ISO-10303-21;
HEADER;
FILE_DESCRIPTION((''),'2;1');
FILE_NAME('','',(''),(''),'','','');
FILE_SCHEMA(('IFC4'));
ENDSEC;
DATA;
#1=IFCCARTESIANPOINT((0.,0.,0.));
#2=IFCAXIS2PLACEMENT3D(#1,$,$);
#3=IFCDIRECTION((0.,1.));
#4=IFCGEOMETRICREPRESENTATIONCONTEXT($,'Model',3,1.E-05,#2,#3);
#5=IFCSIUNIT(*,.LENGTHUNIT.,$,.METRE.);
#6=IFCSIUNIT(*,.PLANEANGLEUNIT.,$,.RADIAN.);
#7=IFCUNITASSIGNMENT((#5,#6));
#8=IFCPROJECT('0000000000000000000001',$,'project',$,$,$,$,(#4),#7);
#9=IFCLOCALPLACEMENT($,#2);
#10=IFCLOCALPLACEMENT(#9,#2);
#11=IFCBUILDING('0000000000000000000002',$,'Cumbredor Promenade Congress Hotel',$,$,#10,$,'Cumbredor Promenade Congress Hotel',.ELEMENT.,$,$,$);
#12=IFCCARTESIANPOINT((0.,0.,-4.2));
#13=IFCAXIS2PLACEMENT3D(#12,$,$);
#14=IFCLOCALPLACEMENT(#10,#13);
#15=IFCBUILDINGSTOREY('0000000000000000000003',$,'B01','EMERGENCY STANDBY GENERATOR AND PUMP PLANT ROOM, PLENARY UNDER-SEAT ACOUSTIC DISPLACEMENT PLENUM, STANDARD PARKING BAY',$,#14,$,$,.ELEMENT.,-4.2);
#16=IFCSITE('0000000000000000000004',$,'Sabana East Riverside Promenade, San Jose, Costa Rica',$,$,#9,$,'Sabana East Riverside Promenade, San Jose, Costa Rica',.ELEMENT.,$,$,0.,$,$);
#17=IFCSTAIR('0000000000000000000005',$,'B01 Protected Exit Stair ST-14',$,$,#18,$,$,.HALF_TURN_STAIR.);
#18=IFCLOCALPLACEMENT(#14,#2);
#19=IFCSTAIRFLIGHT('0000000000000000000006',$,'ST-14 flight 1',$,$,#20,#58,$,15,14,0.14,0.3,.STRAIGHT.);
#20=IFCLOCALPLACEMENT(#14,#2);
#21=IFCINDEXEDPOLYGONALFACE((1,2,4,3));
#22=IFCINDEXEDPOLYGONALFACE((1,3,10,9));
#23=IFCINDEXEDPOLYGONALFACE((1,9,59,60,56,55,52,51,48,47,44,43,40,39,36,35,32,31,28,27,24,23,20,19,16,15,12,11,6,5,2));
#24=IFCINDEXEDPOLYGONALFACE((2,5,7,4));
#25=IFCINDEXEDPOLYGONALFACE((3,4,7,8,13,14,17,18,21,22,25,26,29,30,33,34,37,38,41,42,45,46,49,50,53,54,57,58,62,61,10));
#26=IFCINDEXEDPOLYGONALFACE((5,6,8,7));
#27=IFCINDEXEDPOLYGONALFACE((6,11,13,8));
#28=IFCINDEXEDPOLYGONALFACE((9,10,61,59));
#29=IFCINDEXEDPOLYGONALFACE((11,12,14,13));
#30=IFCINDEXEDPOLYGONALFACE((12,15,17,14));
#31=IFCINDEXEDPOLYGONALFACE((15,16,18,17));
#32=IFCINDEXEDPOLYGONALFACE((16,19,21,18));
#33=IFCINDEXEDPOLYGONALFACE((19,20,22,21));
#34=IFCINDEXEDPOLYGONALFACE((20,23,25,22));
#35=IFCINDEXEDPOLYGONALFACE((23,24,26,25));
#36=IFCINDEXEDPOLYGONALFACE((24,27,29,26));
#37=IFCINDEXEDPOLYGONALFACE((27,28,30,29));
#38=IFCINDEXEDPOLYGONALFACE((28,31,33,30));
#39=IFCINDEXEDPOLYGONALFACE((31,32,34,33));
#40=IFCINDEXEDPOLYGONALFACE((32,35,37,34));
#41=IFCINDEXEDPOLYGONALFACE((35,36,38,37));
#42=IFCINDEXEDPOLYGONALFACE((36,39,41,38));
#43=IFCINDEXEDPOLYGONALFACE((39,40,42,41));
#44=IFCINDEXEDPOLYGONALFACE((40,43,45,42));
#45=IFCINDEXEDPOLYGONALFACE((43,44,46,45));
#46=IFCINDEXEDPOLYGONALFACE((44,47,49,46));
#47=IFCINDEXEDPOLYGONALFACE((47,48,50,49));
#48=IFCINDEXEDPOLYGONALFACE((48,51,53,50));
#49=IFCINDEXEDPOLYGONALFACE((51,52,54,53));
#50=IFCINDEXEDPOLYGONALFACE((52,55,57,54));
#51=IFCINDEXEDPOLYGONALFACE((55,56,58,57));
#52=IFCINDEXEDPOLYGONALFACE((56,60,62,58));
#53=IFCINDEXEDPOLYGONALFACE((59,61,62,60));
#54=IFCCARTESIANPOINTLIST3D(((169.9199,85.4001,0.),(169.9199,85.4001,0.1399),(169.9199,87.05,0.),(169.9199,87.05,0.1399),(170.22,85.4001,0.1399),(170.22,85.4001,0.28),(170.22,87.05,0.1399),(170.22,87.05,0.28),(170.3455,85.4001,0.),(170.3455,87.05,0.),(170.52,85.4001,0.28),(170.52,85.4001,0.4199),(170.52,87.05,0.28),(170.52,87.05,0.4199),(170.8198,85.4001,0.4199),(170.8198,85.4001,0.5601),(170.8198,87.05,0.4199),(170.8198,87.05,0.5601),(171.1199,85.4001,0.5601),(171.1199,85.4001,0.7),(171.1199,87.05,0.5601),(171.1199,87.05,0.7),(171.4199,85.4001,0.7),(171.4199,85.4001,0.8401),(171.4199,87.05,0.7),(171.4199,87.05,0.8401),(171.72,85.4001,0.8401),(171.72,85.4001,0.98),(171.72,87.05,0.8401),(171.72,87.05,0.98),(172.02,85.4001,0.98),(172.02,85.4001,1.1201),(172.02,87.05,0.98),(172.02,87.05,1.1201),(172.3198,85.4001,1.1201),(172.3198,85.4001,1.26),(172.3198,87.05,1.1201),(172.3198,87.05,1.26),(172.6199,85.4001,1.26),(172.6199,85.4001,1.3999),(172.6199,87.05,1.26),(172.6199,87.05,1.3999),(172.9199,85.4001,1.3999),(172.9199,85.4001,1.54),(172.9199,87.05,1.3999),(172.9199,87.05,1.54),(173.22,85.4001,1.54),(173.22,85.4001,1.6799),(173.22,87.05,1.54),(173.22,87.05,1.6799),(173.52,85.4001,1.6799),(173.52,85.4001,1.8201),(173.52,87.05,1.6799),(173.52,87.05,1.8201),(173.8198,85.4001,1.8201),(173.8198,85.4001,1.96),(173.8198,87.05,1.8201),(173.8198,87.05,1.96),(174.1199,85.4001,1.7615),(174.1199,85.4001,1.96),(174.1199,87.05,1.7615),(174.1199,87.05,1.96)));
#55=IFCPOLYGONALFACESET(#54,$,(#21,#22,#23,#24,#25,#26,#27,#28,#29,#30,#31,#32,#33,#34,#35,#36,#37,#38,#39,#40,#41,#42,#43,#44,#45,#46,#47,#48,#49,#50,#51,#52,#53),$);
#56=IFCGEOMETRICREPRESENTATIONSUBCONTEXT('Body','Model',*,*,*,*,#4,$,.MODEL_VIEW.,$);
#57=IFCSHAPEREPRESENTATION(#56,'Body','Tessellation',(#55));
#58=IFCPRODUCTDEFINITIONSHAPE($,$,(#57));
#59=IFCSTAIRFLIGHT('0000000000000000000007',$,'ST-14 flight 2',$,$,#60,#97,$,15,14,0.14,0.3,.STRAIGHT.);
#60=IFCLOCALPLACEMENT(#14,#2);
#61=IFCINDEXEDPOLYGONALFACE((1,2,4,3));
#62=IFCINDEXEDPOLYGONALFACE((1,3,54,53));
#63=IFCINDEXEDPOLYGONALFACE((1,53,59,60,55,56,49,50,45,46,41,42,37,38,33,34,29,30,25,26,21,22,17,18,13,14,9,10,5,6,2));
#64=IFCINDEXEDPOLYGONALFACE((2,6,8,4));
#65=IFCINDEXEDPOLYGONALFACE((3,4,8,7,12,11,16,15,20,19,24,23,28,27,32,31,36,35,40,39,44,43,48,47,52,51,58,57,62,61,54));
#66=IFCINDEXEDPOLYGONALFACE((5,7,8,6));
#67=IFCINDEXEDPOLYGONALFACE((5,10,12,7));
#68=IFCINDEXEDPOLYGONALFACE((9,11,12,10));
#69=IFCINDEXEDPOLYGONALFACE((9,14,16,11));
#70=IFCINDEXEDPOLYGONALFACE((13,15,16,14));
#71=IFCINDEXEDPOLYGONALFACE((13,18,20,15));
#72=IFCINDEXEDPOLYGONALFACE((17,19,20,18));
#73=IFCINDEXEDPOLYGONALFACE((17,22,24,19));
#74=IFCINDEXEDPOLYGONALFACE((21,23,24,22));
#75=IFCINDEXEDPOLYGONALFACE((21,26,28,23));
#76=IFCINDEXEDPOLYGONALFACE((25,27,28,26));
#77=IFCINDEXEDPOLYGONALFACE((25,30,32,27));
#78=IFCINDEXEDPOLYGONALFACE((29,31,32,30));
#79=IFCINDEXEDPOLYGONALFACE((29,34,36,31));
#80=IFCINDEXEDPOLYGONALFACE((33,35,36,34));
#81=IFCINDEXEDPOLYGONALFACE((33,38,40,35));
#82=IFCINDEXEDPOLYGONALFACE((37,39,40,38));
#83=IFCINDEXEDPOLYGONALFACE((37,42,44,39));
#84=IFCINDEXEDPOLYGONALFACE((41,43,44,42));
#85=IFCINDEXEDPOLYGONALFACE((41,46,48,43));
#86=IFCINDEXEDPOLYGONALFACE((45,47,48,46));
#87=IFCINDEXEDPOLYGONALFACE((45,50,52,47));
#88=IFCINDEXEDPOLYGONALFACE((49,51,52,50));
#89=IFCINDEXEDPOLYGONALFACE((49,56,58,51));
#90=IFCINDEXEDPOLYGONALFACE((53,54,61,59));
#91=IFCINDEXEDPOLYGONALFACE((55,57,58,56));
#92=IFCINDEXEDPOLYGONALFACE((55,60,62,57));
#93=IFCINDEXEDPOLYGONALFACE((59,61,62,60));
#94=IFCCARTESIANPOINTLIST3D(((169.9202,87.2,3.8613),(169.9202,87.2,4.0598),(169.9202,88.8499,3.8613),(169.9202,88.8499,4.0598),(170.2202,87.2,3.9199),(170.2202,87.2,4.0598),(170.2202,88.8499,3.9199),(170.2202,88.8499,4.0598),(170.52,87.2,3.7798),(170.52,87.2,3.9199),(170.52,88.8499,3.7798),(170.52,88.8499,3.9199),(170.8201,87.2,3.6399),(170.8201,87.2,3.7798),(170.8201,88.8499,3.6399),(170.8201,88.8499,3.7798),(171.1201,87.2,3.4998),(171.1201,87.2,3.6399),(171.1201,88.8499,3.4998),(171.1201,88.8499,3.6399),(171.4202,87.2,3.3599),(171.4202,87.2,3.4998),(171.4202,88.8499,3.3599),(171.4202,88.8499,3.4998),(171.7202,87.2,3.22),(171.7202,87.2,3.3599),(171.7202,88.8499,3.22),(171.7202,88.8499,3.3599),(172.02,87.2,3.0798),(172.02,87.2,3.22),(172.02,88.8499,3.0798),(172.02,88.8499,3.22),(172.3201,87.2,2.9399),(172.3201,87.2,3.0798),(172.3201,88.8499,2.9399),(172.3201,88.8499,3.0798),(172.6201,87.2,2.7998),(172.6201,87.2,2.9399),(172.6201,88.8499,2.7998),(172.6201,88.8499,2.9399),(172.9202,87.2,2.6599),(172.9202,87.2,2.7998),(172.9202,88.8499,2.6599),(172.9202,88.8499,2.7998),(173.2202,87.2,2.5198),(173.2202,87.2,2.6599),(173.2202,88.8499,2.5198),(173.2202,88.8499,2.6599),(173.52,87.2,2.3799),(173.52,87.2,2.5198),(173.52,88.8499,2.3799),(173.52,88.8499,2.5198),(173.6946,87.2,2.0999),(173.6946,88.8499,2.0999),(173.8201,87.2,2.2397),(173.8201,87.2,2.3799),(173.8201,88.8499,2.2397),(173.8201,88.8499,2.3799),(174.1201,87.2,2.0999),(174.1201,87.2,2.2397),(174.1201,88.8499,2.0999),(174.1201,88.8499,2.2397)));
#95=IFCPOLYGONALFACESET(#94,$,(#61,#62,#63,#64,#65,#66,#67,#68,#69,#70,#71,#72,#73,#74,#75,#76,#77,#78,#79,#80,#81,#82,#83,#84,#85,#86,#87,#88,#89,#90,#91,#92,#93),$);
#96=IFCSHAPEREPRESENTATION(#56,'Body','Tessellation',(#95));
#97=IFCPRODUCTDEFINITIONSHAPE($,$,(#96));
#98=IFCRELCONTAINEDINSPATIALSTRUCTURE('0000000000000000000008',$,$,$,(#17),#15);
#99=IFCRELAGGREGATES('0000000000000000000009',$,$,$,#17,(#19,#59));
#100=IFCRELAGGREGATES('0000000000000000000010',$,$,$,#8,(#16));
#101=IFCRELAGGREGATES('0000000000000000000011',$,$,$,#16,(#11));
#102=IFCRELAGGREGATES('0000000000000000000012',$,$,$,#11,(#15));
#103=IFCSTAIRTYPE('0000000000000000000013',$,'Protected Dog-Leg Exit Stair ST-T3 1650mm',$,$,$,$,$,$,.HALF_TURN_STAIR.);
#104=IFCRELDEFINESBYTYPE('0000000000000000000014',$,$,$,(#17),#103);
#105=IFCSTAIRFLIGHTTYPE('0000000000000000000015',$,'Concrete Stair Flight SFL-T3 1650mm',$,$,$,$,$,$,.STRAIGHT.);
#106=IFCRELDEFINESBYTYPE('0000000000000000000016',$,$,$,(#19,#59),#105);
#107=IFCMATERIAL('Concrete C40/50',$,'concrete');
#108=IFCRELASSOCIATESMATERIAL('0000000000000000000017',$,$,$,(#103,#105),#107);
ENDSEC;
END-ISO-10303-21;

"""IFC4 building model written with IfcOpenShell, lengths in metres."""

from ifc_helpers import new_model, si_unit, direction, frame, origin, place, context, subcontext, project, spatial, polyline, outline, extrude, material, type_object, element, aggregate, save


model = new_model("IFC4")

# Units and contexts
model_context = context("Model", 3, precision=1e-05, world=origin(), true_north=direction((0.0, 1.0)))
body_context = subcontext(model_context, "Body", "Model", "MODEL_VIEW")
ifc_project = project(units=[si_unit("LENGTHUNIT", "METRE"), si_unit("PLANEANGLEUNIT", "RADIAN")], contexts=[model_context])

# Site, building, storey
site_placement = place(None, origin())
site = spatial("IfcSite", under=ifc_project, at=site_placement, Name="Sabana East Riverside Promenade, San Jose, Costa Rica", LongName="Sabana East Riverside Promenade, San Jose, Costa Rica", CompositionType="ELEMENT", RefElevation=0.0)
building_placement = place(site_placement, origin())
building = spatial("IfcBuilding", under=site, at=building_placement, Name="Cumbredor Promenade Congress Hotel", LongName="Cumbredor Promenade Congress Hotel", CompositionType="ELEMENT")
storey_placement = place(building_placement, frame((0.0, 0.0, -4.2)))
storey = spatial("IfcBuildingStorey", under=building, at=storey_placement, Name="B01", Description="EMERGENCY STANDBY GENERATOR AND PUMP PLANT ROOM, PLENARY UNDER-SEAT ACOUSTIC DISPLACEMENT PLENUM, STANDARD PARKING BAY", CompositionType="ELEMENT", Elevation=-4.2)

# Shared definitions
ifc_material_1 = material(Name="Concrete C40/50", Category="concrete")

# Stair, stair flights
stair_type = type_object("IfcStairType", Name="Protected Dog-Leg Exit Stair ST-T3 1650mm", PredefinedType="HALF_TURN_STAIR", material=ifc_material_1)
stair_placement = place(storey_placement, origin())
stair = element("IfcStair", 1, at=stair_placement, inside=storey, type_object=stair_type, Name="B01 Protected Exit Stair ST-14", PredefinedType="HALF_TURN_STAIR")
stair_flight_type = type_object("IfcStairFlightType", Name="Concrete Stair Flight SFL-T3 1650mm", PredefinedType="STRAIGHT", material=ifc_material_1)
stair_flight_1_placement = place(storey_placement, frame((169.9199, 86.2251, 0.0), z_axis=(0.0, 0.0, 1.0), x_axis=(1.0, 0.0, 0.0)))
stair_flight_1 = element("IfcStairFlight", 2, at=stair_flight_1_placement, type_object=stair_flight_type, Name="ST-14 flight 1", NumberOfRisers=15, NumberOfTreads=14, PredefinedType="STRAIGHT", RiserHeight=0.14, TreadLength=0.3, context=body_context, shape_type="SweptSolid", body=[
    extrude(outline(polyline([(0.0, 0.0), (0.0, 0.1399), (0.3, 0.1399), (0.3, 0.28), (0.6001, 0.28), (0.6001, 0.4199), (0.8999, 0.4199), (0.8999, 0.5601), (1.2, 0.5601), (1.2, 0.7), (1.5, 0.7), (1.5, 0.8401), (1.8, 0.8401), (1.8, 0.98), (2.1001, 0.98), (2.1001, 1.1201), (2.3999, 1.1201), (2.3999, 1.26), (2.7, 1.26), (2.7, 1.3999), (3.0, 1.3999), (3.0, 1.54), (3.3, 1.54), (3.3, 1.6799), (3.6001, 1.6799), (3.6001, 1.8201), (3.8999, 1.8201), (3.8999, 1.96), (4.2, 1.96), (4.2, 2.1001), (4.2, 1.7615), (0.4255, 0.0), (0.0, 0.0)])), frame((0.0, 0.825, 0.0), z_axis=(0.0, -1.0, 0.0), x_axis=(1.0, 0.0, 0.0)), (0.0, 0.0, 1.0), 1.6499),
])
stair_flight_2_placement = place(storey_placement, frame((174.1201, 88.0249, 2.0999), z_axis=(0.0, 0.0, 1.0), x_axis=(-1.0, 0.0, 0.0)))
stair_flight_2 = element("IfcStairFlight", 3, at=stair_flight_2_placement, type_object=stair_flight_type, Name="ST-14 flight 2", NumberOfRisers=15, NumberOfTreads=14, PredefinedType="STRAIGHT", RiserHeight=0.14, TreadLength=0.3, context=body_context, shape_type="SweptSolid", body=[
    extrude(outline(polyline([(0.0, 0.0), (0.0, 0.1399), (0.3, 0.1399), (0.3, 0.28), (0.6001, 0.28), (0.6001, 0.4199), (0.8999, 0.4199), (0.8999, 0.5601), (1.2, 0.5601), (1.2, 0.7), (1.5, 0.7), (1.5, 0.8401), (1.8, 0.8401), (1.8, 0.98), (2.1001, 0.98), (2.1001, 1.1201), (2.3999, 1.1201), (2.3999, 1.26), (2.7, 1.26), (2.7, 1.3999), (3.0, 1.3999), (3.0, 1.54), (3.3, 1.54), (3.3, 1.6799), (3.6001, 1.6799), (3.6001, 1.8201), (3.8999, 1.8201), (3.8999, 1.96), (4.2, 1.96), (4.2, 2.1001), (4.2, 1.7615), (0.4255, 0.0), (0.0, 0.0)])), frame((0.0, 0.825, 0.0), z_axis=(0.0, -1.0, 0.0), x_axis=(1.0, 0.0, 0.0)), (0.0, 0.0, 1.0), 1.6499),
])
aggregate(stair, [stair_flight_1, stair_flight_2])

save(model, "model.ifc")
